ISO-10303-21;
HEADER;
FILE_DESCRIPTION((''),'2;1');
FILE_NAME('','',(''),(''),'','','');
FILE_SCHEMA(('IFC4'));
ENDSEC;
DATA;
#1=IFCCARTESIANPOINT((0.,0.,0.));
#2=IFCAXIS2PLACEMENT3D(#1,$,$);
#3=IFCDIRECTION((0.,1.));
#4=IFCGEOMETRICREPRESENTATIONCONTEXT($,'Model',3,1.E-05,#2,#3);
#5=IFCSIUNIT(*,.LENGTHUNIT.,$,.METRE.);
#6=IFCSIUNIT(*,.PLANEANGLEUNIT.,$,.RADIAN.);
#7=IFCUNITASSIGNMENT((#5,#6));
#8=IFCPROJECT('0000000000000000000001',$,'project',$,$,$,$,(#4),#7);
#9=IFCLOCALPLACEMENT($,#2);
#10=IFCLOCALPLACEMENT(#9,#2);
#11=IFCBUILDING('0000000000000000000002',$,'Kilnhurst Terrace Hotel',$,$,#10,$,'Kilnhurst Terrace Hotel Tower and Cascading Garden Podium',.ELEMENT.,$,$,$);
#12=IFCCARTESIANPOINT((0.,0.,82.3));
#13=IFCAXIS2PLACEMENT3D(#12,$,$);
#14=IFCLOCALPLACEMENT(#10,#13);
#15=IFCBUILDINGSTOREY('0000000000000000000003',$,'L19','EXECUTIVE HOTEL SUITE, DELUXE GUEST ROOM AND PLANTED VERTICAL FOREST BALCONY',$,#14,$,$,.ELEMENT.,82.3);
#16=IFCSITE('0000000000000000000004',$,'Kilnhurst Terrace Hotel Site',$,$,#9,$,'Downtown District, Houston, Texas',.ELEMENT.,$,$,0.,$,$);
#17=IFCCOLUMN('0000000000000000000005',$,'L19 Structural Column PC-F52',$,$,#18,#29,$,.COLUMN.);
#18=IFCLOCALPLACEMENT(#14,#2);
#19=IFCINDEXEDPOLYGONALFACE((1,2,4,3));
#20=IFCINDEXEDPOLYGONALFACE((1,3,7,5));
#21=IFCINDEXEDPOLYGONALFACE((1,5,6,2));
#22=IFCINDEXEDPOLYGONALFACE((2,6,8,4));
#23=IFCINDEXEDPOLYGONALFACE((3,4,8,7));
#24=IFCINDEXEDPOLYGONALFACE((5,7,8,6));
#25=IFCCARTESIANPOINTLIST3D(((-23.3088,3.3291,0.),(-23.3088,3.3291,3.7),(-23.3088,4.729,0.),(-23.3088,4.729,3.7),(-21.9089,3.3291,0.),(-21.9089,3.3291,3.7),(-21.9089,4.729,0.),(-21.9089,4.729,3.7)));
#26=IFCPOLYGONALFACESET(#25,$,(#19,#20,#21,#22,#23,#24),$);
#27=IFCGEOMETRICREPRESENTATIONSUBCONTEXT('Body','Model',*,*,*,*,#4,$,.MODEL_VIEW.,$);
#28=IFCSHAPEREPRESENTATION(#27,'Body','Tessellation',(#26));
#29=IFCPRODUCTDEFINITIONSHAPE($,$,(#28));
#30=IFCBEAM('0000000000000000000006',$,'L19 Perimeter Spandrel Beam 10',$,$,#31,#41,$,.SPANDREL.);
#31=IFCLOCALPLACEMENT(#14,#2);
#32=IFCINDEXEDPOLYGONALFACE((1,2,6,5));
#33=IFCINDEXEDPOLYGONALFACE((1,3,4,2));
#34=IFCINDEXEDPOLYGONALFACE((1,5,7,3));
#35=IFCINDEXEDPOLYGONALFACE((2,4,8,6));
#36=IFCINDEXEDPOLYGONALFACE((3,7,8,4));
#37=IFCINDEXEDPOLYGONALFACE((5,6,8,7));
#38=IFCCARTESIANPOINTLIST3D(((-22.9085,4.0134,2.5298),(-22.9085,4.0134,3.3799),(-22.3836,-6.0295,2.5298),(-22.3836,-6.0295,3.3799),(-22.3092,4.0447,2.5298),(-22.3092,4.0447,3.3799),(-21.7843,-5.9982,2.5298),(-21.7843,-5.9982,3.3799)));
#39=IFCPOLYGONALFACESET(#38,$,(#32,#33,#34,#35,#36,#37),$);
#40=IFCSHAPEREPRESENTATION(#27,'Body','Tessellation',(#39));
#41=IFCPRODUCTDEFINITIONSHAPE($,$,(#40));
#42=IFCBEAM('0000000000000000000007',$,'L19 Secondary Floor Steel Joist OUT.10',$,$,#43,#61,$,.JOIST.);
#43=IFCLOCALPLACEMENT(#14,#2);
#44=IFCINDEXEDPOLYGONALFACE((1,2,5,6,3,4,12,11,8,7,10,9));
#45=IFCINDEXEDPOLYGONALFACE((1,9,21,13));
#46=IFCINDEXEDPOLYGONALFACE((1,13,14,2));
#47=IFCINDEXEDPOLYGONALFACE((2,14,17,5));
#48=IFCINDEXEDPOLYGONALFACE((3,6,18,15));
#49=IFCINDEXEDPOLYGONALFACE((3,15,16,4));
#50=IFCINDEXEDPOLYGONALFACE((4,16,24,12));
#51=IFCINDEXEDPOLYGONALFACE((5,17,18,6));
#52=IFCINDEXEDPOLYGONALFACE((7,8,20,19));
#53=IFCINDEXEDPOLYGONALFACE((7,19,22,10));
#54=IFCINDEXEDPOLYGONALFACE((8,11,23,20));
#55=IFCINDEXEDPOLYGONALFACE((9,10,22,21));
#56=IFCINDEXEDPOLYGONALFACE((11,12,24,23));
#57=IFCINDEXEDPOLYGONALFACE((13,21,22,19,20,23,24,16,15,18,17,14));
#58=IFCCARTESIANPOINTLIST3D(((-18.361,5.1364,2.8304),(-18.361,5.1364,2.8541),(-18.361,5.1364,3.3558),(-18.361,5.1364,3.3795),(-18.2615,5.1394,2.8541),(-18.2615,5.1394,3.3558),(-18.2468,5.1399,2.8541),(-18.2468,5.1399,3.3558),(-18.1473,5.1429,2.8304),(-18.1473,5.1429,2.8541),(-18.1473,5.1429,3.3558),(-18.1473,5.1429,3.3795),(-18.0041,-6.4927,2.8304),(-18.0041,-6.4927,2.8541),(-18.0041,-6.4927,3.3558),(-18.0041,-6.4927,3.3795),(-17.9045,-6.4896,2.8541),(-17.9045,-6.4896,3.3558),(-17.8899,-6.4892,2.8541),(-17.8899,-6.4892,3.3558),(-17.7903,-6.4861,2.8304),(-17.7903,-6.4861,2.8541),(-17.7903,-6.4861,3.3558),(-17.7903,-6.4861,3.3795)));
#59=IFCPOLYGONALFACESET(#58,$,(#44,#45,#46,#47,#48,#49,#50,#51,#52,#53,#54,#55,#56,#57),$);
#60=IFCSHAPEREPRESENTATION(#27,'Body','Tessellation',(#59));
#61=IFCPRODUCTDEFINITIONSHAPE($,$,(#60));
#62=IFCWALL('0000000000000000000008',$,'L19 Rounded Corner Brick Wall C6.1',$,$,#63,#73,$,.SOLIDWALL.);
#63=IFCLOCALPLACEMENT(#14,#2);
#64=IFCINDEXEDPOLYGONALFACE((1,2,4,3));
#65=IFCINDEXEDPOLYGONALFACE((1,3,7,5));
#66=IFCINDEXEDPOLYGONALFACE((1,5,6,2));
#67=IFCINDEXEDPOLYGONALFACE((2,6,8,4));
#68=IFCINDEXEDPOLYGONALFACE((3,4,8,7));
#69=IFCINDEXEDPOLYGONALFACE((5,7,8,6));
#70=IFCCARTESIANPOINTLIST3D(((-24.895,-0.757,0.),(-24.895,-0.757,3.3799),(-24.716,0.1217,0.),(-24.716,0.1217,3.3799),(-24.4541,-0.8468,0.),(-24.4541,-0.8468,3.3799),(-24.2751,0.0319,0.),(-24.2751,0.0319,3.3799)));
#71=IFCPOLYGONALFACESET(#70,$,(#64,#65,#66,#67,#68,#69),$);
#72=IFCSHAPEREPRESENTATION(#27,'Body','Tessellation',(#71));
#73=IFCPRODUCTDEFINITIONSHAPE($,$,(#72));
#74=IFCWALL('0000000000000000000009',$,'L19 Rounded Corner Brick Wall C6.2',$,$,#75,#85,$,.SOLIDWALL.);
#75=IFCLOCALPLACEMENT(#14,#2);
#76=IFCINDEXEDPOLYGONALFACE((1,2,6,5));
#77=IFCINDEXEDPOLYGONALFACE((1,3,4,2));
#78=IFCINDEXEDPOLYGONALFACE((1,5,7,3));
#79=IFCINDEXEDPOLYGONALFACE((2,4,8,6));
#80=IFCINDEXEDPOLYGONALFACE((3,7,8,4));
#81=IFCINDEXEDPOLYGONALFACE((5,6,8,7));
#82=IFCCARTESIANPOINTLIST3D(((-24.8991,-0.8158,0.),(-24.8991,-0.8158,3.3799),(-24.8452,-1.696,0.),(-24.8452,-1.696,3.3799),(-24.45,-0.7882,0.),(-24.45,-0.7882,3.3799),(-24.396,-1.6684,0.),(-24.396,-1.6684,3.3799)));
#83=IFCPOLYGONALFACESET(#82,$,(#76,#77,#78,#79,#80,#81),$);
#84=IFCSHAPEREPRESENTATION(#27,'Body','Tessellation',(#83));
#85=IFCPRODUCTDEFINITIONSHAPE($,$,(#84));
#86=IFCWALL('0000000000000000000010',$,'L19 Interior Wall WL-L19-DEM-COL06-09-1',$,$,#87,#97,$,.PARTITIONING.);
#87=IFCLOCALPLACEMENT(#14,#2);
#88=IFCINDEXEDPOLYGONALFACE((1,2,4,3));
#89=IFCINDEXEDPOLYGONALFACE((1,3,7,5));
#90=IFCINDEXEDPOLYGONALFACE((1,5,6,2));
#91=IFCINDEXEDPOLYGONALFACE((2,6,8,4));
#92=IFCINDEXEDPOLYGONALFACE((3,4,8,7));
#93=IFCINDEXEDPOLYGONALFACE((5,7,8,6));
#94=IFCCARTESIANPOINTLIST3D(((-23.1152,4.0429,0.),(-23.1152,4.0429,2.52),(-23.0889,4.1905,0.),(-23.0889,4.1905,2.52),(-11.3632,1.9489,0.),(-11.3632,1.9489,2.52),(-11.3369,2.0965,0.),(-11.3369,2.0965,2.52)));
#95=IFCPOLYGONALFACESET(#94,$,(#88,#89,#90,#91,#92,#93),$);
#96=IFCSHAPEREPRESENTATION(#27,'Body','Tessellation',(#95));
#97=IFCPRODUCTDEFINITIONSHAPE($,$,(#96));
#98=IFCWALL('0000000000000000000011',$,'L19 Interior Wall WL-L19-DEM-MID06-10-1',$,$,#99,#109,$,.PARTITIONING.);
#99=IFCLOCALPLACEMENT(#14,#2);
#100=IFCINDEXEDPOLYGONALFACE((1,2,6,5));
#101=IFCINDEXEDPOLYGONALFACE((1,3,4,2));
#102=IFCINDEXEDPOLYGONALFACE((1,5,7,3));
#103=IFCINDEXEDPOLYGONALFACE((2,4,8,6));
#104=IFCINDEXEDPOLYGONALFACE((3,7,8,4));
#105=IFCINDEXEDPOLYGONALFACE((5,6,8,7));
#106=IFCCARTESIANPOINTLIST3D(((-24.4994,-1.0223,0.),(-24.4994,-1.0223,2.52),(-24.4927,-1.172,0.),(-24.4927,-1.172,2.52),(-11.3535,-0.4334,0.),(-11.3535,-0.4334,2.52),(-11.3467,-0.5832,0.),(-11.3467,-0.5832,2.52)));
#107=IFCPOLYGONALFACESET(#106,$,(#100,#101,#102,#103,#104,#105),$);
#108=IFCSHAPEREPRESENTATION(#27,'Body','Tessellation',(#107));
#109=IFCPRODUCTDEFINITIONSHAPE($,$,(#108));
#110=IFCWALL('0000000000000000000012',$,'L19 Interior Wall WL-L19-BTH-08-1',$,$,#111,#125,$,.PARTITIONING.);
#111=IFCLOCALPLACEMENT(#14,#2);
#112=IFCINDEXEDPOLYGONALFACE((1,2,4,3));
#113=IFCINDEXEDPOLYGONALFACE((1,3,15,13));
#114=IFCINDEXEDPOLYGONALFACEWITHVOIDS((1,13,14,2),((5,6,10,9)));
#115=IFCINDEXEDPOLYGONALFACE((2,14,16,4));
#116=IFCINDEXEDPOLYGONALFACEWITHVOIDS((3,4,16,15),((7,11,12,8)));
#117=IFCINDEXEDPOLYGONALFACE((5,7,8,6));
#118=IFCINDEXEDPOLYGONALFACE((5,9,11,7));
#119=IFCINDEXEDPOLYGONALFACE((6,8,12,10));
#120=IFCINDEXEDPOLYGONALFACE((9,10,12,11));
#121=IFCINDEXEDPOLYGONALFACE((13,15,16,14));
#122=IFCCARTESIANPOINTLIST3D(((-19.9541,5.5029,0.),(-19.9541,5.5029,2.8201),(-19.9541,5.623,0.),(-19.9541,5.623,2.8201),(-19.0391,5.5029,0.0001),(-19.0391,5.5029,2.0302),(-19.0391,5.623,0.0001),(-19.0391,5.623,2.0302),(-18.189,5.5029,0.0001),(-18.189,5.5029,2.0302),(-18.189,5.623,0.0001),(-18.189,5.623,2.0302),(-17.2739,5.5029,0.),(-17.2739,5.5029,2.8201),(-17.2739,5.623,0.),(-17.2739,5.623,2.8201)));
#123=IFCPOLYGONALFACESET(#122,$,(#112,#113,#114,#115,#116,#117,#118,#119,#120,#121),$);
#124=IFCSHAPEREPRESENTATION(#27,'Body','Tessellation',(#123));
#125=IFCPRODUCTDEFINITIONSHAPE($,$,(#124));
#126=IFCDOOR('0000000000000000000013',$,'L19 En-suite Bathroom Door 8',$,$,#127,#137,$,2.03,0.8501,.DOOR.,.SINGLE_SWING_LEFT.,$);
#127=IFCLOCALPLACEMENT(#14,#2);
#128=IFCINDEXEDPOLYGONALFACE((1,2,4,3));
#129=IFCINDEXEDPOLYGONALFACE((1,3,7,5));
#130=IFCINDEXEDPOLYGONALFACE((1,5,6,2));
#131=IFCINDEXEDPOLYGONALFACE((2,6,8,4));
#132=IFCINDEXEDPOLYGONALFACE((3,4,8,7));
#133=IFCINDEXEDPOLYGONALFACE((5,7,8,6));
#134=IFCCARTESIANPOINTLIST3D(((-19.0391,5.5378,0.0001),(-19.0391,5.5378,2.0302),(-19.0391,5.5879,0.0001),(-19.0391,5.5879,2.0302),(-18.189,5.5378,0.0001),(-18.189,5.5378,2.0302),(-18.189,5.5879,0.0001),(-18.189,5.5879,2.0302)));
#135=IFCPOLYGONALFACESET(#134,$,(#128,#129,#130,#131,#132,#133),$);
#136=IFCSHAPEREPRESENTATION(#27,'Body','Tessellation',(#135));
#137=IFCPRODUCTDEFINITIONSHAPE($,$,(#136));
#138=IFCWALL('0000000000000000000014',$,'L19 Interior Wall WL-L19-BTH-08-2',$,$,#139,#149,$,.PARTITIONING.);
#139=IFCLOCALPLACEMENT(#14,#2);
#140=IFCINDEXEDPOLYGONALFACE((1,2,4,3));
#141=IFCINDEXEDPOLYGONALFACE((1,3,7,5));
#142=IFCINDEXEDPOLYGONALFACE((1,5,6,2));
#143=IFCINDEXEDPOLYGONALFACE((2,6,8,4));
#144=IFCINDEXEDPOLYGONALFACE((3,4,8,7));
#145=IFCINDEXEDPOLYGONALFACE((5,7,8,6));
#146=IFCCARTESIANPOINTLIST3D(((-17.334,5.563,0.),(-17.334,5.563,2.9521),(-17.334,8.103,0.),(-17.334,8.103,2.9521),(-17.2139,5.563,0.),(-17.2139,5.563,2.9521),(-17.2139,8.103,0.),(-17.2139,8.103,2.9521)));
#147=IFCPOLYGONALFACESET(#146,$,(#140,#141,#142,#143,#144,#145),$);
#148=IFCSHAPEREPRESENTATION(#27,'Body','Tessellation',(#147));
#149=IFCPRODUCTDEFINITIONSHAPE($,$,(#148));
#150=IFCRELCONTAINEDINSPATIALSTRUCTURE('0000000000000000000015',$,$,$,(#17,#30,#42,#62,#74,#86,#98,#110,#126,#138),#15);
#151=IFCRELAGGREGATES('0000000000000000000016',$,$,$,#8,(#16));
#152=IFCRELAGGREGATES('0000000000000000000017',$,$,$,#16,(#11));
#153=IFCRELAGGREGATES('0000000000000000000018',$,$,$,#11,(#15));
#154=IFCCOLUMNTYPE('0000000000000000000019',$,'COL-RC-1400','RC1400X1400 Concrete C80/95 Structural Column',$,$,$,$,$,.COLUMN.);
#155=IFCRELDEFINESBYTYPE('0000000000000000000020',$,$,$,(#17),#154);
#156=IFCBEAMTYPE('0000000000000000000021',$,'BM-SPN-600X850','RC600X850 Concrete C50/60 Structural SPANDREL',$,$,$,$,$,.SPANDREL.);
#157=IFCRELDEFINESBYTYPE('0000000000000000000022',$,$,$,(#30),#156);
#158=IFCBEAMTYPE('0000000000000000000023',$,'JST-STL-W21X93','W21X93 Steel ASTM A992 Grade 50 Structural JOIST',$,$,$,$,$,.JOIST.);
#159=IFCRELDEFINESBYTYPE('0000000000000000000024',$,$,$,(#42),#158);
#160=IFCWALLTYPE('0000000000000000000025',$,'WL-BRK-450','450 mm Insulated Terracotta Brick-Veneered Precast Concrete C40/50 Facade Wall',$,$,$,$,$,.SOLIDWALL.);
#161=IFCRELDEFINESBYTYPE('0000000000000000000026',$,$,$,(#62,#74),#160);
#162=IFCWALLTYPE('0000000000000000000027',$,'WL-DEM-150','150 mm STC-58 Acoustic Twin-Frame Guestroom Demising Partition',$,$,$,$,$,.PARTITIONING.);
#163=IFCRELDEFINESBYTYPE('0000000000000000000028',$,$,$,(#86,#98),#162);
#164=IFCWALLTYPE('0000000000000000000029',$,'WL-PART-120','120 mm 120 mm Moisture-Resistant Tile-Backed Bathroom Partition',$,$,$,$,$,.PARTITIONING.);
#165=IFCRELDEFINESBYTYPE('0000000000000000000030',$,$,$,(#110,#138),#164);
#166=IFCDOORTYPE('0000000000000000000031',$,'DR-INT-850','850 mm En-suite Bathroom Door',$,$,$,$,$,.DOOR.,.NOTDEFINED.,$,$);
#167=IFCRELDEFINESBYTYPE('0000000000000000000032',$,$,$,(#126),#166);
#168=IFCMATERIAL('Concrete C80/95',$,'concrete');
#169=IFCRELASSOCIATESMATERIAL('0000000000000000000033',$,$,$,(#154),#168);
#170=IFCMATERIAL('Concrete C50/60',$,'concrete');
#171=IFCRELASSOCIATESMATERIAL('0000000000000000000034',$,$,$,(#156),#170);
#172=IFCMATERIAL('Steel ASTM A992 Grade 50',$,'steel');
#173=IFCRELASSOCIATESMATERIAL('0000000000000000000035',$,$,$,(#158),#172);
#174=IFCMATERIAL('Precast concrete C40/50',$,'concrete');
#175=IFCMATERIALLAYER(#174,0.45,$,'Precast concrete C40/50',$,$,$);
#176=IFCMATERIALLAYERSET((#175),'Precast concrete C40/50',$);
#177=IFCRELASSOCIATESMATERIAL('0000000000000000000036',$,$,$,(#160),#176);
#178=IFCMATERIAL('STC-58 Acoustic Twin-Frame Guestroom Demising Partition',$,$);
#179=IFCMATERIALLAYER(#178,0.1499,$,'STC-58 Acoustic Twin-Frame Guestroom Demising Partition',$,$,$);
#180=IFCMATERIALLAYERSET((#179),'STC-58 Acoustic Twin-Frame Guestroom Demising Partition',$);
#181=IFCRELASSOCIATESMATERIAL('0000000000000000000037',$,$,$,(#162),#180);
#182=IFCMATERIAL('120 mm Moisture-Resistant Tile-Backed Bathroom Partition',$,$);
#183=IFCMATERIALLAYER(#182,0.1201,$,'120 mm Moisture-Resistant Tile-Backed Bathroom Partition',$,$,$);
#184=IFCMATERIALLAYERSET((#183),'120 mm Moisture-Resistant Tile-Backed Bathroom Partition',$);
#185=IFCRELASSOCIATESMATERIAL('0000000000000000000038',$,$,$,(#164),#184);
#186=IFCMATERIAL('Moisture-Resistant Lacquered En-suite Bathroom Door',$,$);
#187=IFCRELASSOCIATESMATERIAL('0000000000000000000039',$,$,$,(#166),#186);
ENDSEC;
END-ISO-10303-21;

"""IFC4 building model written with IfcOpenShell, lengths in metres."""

from ifc_helpers import new_model, si_unit, direction, frame, frame_2d, origin, origin_2d, place, context, subcontext, project, spatial, rectangle, i_section, extrude, material, layer, layer_set, material_profile, profile_set, type_object, element, fill, save


model = new_model("IFC4")

# Units and contexts
model_context = context("Model", 3, precision=1e-05, world=origin(), true_north=direction((0.0, 1.0)))
body_context = subcontext(model_context, "Body", "Model", "MODEL_VIEW")
ifc_project = project(units=[si_unit("LENGTHUNIT", "METRE"), si_unit("PLANEANGLEUNIT", "RADIAN")], contexts=[model_context])

# Site, building, storey
site_placement = place(None, origin())
site = spatial("IfcSite", under=ifc_project, at=site_placement, Name="Kilnhurst Terrace Hotel Site", LongName="Downtown District, Houston, Texas", CompositionType="ELEMENT", RefElevation=0.0)
building_placement = place(site_placement, origin())
building = spatial("IfcBuilding", under=site, at=building_placement, Name="Kilnhurst Terrace Hotel", LongName="Kilnhurst Terrace Hotel Tower and Cascading Garden Podium", CompositionType="ELEMENT")
storey_placement = place(building_placement, frame((0.0, 0.0, 82.3)))
storey = spatial("IfcBuildingStorey", under=building, at=storey_placement, Name="L19", Description="EXECUTIVE HOTEL SUITE, DELUXE GUEST ROOM AND PLANTED VERTICAL FOREST BALCONY", CompositionType="ELEMENT", Elevation=82.3)

# Column
ifc_material_1 = material(Name="Concrete C80/95", Category="concrete")
ifc_material_profile_1 = material_profile(ifc_material_1, rectangle(XDim=1.3999, YDim=1.3999, at=origin_2d()), Name="RC1400X1400")
ifc_profile_set_1 = profile_set([ifc_material_profile_1], Name="Concrete C80/95")
column_type = type_object("IfcColumnType", Name="COL-RC-1400", Description="RC1400X1400 Concrete C80/95 Structural Column", PredefinedType="COLUMN", material=ifc_profile_set_1)
column_placement = place(storey_placement, frame((-22.6089, 4.0291, 0.0), z_axis=(0.0, 0.0, 1.0), x_axis=(1.0, 0.0, 0.0)))
element("IfcColumn", 1, at=column_placement, inside=storey, type_object=column_type, Name="L19 Structural Column PC-F52", PredefinedType="COLUMN", context=body_context, shape_type="SweptSolid", body=[
    extrude(rectangle(XDim=1.3999, YDim=1.3999, at=origin_2d()), origin(), (0.0, 0.0, 1.0), 3.7),
])

# Beams
ifc_material_2 = material(Name="Concrete C50/60", Category="concrete")
ifc_material_profile_2 = material_profile(ifc_material_2, rectangle(XDim=0.6001, YDim=0.8501, at=origin_2d()), Name="RC600X850")
ifc_profile_set_2 = profile_set([ifc_material_profile_2], Name="Concrete C50/60")
beam_type_1 = type_object("IfcBeamType", Name="BM-SPN-600X850", Description="RC600X850 Concrete C50/60 Structural SPANDREL", PredefinedType="SPANDREL", material=ifc_profile_set_2)
beam_1_placement = place(storey_placement, frame((-22.6089, 4.0291, 2.9548), z_axis=(0.052194, -0.998637, 0.0), x_axis=(0.998637, 0.052194, 0.0)))
element("IfcBeam", 2, at=beam_1_placement, inside=storey, type_object=beam_type_1, Name="L19 Perimeter Spandrel Beam 10", PredefinedType="SPANDREL", context=body_context, shape_type="SweptSolid", body=[
    extrude(rectangle(XDim=0.6001, YDim=0.8501, at=origin_2d()), origin(), (0.0, 0.0, 1.0), 10.0566),
])
ifc_material_3 = material(Name="Steel ASTM A992 Grade 50", Category="steel")
ifc_material_profile_3 = material_profile(ifc_material_3, i_section(OverallWidth=0.2139, OverallDepth=0.5491, WebThickness=0.0146, FlangeThickness=0.0237, at=origin_2d()), Name="W21X93")
ifc_profile_set_3 = profile_set([ifc_material_profile_3], Name="Steel ASTM A992 Grade 50")
beam_type_2 = type_object("IfcBeamType", Name="JST-STL-W21X93", Description="W21X93 Steel ASTM A992 Grade 50 Structural JOIST", PredefinedType="JOIST", material=ifc_profile_set_3)
beam_2_placement = place(storey_placement, frame((-18.2542, 5.1396, 3.105), z_axis=(0.030679, -0.999529, 0.0), x_axis=(0.999529, 0.030679, 0.0)))
element("IfcBeam", 3, at=beam_2_placement, inside=storey, type_object=beam_type_2, Name="L19 Secondary Floor Steel Joist OUT.10", PredefinedType="JOIST", context=body_context, shape_type="SweptSolid", body=[
    extrude(i_section(OverallWidth=0.2139, OverallDepth=0.5491, WebThickness=0.0146, FlangeThickness=0.0237, at=origin_2d()), origin(), (0.0, 0.0, 1.0), 11.6345),
])

# Walls
ifc_material_4 = material(Name="Precast concrete C40/50", Category="concrete")
ifc_layer_1 = layer(ifc_material_4, 0.45, Name="Precast concrete C40/50")
ifc_layer_set_1 = layer_set([ifc_layer_1], Name="Precast concrete C40/50")
wall_type_1 = type_object("IfcWallType", Name="WL-BRK-450", Description="450 mm Insulated Terracotta Brick-Veneered Precast Concrete C40/50 Facade Wall", PredefinedType="SOLIDWALL", material=ifc_layer_set_1)
wall_1_placement = place(storey_placement, frame((-24.4956, 0.0767, 0.0), z_axis=(0.0, 0.0, 1.0), x_axis=(-0.199571, -0.979883, 0.0)))
element("IfcWall", 4, at=wall_1_placement, inside=storey, type_object=wall_type_1, Name="L19 Rounded Corner Brick Wall C6.1", PredefinedType="SOLIDWALL", context=body_context, shape_type="SweptSolid", body=[
    extrude(rectangle(XDim=0.8967, YDim=0.45, at=frame_2d((0.4482, 0.0))), origin(), (0.0, 0.0, 1.0), 3.3799),
])
wall_2_placement = place(storey_placement, frame((-24.6746, -0.802, 0.0), z_axis=(0.0, 0.0, 1.0), x_axis=(0.061189, -0.998126, 0.0)))
element("IfcWall", 5, at=wall_2_placement, inside=storey, type_object=wall_type_1, Name="L19 Rounded Corner Brick Wall C6.2", PredefinedType="SOLIDWALL", context=body_context, shape_type="SweptSolid", body=[
    extrude(rectangle(XDim=0.8818, YDim=0.45, at=frame_2d((0.4409, 0.0))), origin(), (0.0, 0.0, 1.0), 3.3799),
])
ifc_material_5 = material(Name="STC-58 Acoustic Twin-Frame Guestroom Demising Partition")
ifc_layer_2 = layer(ifc_material_5, 0.1499, Name="STC-58 Acoustic Twin-Frame Guestroom Demising Partition")
ifc_layer_set_2 = layer_set([ifc_layer_2], Name="STC-58 Acoustic Twin-Frame Guestroom Demising Partition")
wall_type_2 = type_object("IfcWallType", Name="WL-DEM-150", Description="150 mm STC-58 Acoustic Twin-Frame Guestroom Demising Partition", PredefinedType="PARTITIONING", material=ifc_layer_set_2)
wall_3_placement = place(storey_placement, frame((-11.3501, 2.0227, 0.0), z_axis=(0.0, 0.0, 1.0), x_axis=(-0.984494, 0.17542, 0.0)))
element("IfcWall", 6, at=wall_3_placement, inside=storey, type_object=wall_type_2, Name="L19 Interior Wall WL-L19-DEM-COL06-09-1", PredefinedType="PARTITIONING", context=body_context, shape_type="SweptSolid", body=[
    extrude(rectangle(XDim=11.937, YDim=0.1499, at=frame_2d((5.9685, 0.0))), origin(), (0.0, 0.0, 1.0), 2.52),
])
wall_4_placement = place(storey_placement, frame((-11.3501, -0.5083, 0.0), z_axis=(0.0, 0.0, 1.0), x_axis=(-0.998998, -0.04475, 0.0)))
element("IfcWall", 7, at=wall_4_placement, inside=storey, type_object=wall_type_2, Name="L19 Interior Wall WL-L19-DEM-MID06-10-1", PredefinedType="PARTITIONING", context=body_context, shape_type="SweptSolid", body=[
    extrude(rectangle(XDim=13.1592, YDim=0.1499, at=frame_2d((6.5796, 0.0))), origin(), (0.0, 0.0, 1.0), 2.52),
])

# Wall, opening, door
ifc_material_6 = material(Name="120 mm Moisture-Resistant Tile-Backed Bathroom Partition")
ifc_layer_3 = layer(ifc_material_6, 0.1201, Name="120 mm Moisture-Resistant Tile-Backed Bathroom Partition")
ifc_layer_set_3 = layer_set([ifc_layer_3], Name="120 mm Moisture-Resistant Tile-Backed Bathroom Partition")
wall_type_3 = type_object("IfcWallType", Name="WL-PART-120", Description="120 mm 120 mm Moisture-Resistant Tile-Backed Bathroom Partition", PredefinedType="PARTITIONING", material=ifc_layer_set_3)
wall_5_placement = place(storey_placement, frame((-19.9541, 5.563, 0.0), z_axis=(0.0, 0.0, 1.0), x_axis=(1.0, 0.0, 0.0)))
wall_5 = element("IfcWall", 8, at=wall_5_placement, inside=storey, type_object=wall_type_3, Name="L19 Interior Wall WL-L19-BTH-08-1", PredefinedType="PARTITIONING", context=body_context, shape_type="SweptSolid", body=[
    extrude(rectangle(XDim=2.6802, YDim=0.1201, at=frame_2d((1.3401, 0.0))), origin(), (0.0, 0.0, 1.0), 2.8201),
])
opening_1_placement = place(wall_5_placement, frame((0.915, 0.0, 0.0)))
opening_1 = element("IfcOpeningElement", 9, at=opening_1_placement, cuts=wall_5, PredefinedType="OPENING", context=body_context, shape_type="SweptSolid", body=[
    extrude(rectangle(XDim=0.8501, YDim=2.03, at=frame_2d((0.425, 1.0151))), frame((0.0, 0.0701, 0.0), z_axis=(0.0, -1.0, 0.0), x_axis=(1.0, 0.0, 0.0)), (0.0, 0.0, 1.0), 0.1401),
])
ifc_material_7 = material(Name="Moisture-Resistant Lacquered En-suite Bathroom Door")
door_type = type_object("IfcDoorType", Name="DR-INT-850", Description="850 mm En-suite Bathroom Door", OperationType="NOTDEFINED", PredefinedType="DOOR", material=ifc_material_7)
door_1_placement = place(opening_1_placement, origin())
door_1 = element("IfcDoor", 10, at=door_1_placement, inside=storey, type_object=door_type, Name="L19 En-suite Bathroom Door 8", OperationType="SINGLE_SWING_LEFT", OverallHeight=2.03, OverallWidth=0.8501, PredefinedType="DOOR", context=body_context, shape_type="SweptSolid", body=[
    extrude(rectangle(XDim=0.8501, YDim=2.03, at=frame_2d((0.425, 1.0151))), frame((0.0, 0.0249, 0.0), z_axis=(0.0, -1.0, 0.0), x_axis=(1.0, 0.0, 0.0)), (0.0, 0.0, 1.0), 0.05),
])
fill(opening_1, door_1)

# Wall
wall_6_placement = place(storey_placement, frame((-17.2739, 5.563, 0.0), z_axis=(0.0, 0.0, 1.0), x_axis=(0.0, 1.0, 0.0)))
element("IfcWall", 11, at=wall_6_placement, inside=storey, type_object=wall_type_3, Name="L19 Interior Wall WL-L19-BTH-08-2", PredefinedType="PARTITIONING", context=body_context, shape_type="SweptSolid", body=[
    extrude(rectangle(XDim=2.54, YDim=0.1201, at=frame_2d((1.27, 0.0))), origin(), (0.0, 0.0, 1.0), 2.9521),
])

save(model, "model.ifc")
